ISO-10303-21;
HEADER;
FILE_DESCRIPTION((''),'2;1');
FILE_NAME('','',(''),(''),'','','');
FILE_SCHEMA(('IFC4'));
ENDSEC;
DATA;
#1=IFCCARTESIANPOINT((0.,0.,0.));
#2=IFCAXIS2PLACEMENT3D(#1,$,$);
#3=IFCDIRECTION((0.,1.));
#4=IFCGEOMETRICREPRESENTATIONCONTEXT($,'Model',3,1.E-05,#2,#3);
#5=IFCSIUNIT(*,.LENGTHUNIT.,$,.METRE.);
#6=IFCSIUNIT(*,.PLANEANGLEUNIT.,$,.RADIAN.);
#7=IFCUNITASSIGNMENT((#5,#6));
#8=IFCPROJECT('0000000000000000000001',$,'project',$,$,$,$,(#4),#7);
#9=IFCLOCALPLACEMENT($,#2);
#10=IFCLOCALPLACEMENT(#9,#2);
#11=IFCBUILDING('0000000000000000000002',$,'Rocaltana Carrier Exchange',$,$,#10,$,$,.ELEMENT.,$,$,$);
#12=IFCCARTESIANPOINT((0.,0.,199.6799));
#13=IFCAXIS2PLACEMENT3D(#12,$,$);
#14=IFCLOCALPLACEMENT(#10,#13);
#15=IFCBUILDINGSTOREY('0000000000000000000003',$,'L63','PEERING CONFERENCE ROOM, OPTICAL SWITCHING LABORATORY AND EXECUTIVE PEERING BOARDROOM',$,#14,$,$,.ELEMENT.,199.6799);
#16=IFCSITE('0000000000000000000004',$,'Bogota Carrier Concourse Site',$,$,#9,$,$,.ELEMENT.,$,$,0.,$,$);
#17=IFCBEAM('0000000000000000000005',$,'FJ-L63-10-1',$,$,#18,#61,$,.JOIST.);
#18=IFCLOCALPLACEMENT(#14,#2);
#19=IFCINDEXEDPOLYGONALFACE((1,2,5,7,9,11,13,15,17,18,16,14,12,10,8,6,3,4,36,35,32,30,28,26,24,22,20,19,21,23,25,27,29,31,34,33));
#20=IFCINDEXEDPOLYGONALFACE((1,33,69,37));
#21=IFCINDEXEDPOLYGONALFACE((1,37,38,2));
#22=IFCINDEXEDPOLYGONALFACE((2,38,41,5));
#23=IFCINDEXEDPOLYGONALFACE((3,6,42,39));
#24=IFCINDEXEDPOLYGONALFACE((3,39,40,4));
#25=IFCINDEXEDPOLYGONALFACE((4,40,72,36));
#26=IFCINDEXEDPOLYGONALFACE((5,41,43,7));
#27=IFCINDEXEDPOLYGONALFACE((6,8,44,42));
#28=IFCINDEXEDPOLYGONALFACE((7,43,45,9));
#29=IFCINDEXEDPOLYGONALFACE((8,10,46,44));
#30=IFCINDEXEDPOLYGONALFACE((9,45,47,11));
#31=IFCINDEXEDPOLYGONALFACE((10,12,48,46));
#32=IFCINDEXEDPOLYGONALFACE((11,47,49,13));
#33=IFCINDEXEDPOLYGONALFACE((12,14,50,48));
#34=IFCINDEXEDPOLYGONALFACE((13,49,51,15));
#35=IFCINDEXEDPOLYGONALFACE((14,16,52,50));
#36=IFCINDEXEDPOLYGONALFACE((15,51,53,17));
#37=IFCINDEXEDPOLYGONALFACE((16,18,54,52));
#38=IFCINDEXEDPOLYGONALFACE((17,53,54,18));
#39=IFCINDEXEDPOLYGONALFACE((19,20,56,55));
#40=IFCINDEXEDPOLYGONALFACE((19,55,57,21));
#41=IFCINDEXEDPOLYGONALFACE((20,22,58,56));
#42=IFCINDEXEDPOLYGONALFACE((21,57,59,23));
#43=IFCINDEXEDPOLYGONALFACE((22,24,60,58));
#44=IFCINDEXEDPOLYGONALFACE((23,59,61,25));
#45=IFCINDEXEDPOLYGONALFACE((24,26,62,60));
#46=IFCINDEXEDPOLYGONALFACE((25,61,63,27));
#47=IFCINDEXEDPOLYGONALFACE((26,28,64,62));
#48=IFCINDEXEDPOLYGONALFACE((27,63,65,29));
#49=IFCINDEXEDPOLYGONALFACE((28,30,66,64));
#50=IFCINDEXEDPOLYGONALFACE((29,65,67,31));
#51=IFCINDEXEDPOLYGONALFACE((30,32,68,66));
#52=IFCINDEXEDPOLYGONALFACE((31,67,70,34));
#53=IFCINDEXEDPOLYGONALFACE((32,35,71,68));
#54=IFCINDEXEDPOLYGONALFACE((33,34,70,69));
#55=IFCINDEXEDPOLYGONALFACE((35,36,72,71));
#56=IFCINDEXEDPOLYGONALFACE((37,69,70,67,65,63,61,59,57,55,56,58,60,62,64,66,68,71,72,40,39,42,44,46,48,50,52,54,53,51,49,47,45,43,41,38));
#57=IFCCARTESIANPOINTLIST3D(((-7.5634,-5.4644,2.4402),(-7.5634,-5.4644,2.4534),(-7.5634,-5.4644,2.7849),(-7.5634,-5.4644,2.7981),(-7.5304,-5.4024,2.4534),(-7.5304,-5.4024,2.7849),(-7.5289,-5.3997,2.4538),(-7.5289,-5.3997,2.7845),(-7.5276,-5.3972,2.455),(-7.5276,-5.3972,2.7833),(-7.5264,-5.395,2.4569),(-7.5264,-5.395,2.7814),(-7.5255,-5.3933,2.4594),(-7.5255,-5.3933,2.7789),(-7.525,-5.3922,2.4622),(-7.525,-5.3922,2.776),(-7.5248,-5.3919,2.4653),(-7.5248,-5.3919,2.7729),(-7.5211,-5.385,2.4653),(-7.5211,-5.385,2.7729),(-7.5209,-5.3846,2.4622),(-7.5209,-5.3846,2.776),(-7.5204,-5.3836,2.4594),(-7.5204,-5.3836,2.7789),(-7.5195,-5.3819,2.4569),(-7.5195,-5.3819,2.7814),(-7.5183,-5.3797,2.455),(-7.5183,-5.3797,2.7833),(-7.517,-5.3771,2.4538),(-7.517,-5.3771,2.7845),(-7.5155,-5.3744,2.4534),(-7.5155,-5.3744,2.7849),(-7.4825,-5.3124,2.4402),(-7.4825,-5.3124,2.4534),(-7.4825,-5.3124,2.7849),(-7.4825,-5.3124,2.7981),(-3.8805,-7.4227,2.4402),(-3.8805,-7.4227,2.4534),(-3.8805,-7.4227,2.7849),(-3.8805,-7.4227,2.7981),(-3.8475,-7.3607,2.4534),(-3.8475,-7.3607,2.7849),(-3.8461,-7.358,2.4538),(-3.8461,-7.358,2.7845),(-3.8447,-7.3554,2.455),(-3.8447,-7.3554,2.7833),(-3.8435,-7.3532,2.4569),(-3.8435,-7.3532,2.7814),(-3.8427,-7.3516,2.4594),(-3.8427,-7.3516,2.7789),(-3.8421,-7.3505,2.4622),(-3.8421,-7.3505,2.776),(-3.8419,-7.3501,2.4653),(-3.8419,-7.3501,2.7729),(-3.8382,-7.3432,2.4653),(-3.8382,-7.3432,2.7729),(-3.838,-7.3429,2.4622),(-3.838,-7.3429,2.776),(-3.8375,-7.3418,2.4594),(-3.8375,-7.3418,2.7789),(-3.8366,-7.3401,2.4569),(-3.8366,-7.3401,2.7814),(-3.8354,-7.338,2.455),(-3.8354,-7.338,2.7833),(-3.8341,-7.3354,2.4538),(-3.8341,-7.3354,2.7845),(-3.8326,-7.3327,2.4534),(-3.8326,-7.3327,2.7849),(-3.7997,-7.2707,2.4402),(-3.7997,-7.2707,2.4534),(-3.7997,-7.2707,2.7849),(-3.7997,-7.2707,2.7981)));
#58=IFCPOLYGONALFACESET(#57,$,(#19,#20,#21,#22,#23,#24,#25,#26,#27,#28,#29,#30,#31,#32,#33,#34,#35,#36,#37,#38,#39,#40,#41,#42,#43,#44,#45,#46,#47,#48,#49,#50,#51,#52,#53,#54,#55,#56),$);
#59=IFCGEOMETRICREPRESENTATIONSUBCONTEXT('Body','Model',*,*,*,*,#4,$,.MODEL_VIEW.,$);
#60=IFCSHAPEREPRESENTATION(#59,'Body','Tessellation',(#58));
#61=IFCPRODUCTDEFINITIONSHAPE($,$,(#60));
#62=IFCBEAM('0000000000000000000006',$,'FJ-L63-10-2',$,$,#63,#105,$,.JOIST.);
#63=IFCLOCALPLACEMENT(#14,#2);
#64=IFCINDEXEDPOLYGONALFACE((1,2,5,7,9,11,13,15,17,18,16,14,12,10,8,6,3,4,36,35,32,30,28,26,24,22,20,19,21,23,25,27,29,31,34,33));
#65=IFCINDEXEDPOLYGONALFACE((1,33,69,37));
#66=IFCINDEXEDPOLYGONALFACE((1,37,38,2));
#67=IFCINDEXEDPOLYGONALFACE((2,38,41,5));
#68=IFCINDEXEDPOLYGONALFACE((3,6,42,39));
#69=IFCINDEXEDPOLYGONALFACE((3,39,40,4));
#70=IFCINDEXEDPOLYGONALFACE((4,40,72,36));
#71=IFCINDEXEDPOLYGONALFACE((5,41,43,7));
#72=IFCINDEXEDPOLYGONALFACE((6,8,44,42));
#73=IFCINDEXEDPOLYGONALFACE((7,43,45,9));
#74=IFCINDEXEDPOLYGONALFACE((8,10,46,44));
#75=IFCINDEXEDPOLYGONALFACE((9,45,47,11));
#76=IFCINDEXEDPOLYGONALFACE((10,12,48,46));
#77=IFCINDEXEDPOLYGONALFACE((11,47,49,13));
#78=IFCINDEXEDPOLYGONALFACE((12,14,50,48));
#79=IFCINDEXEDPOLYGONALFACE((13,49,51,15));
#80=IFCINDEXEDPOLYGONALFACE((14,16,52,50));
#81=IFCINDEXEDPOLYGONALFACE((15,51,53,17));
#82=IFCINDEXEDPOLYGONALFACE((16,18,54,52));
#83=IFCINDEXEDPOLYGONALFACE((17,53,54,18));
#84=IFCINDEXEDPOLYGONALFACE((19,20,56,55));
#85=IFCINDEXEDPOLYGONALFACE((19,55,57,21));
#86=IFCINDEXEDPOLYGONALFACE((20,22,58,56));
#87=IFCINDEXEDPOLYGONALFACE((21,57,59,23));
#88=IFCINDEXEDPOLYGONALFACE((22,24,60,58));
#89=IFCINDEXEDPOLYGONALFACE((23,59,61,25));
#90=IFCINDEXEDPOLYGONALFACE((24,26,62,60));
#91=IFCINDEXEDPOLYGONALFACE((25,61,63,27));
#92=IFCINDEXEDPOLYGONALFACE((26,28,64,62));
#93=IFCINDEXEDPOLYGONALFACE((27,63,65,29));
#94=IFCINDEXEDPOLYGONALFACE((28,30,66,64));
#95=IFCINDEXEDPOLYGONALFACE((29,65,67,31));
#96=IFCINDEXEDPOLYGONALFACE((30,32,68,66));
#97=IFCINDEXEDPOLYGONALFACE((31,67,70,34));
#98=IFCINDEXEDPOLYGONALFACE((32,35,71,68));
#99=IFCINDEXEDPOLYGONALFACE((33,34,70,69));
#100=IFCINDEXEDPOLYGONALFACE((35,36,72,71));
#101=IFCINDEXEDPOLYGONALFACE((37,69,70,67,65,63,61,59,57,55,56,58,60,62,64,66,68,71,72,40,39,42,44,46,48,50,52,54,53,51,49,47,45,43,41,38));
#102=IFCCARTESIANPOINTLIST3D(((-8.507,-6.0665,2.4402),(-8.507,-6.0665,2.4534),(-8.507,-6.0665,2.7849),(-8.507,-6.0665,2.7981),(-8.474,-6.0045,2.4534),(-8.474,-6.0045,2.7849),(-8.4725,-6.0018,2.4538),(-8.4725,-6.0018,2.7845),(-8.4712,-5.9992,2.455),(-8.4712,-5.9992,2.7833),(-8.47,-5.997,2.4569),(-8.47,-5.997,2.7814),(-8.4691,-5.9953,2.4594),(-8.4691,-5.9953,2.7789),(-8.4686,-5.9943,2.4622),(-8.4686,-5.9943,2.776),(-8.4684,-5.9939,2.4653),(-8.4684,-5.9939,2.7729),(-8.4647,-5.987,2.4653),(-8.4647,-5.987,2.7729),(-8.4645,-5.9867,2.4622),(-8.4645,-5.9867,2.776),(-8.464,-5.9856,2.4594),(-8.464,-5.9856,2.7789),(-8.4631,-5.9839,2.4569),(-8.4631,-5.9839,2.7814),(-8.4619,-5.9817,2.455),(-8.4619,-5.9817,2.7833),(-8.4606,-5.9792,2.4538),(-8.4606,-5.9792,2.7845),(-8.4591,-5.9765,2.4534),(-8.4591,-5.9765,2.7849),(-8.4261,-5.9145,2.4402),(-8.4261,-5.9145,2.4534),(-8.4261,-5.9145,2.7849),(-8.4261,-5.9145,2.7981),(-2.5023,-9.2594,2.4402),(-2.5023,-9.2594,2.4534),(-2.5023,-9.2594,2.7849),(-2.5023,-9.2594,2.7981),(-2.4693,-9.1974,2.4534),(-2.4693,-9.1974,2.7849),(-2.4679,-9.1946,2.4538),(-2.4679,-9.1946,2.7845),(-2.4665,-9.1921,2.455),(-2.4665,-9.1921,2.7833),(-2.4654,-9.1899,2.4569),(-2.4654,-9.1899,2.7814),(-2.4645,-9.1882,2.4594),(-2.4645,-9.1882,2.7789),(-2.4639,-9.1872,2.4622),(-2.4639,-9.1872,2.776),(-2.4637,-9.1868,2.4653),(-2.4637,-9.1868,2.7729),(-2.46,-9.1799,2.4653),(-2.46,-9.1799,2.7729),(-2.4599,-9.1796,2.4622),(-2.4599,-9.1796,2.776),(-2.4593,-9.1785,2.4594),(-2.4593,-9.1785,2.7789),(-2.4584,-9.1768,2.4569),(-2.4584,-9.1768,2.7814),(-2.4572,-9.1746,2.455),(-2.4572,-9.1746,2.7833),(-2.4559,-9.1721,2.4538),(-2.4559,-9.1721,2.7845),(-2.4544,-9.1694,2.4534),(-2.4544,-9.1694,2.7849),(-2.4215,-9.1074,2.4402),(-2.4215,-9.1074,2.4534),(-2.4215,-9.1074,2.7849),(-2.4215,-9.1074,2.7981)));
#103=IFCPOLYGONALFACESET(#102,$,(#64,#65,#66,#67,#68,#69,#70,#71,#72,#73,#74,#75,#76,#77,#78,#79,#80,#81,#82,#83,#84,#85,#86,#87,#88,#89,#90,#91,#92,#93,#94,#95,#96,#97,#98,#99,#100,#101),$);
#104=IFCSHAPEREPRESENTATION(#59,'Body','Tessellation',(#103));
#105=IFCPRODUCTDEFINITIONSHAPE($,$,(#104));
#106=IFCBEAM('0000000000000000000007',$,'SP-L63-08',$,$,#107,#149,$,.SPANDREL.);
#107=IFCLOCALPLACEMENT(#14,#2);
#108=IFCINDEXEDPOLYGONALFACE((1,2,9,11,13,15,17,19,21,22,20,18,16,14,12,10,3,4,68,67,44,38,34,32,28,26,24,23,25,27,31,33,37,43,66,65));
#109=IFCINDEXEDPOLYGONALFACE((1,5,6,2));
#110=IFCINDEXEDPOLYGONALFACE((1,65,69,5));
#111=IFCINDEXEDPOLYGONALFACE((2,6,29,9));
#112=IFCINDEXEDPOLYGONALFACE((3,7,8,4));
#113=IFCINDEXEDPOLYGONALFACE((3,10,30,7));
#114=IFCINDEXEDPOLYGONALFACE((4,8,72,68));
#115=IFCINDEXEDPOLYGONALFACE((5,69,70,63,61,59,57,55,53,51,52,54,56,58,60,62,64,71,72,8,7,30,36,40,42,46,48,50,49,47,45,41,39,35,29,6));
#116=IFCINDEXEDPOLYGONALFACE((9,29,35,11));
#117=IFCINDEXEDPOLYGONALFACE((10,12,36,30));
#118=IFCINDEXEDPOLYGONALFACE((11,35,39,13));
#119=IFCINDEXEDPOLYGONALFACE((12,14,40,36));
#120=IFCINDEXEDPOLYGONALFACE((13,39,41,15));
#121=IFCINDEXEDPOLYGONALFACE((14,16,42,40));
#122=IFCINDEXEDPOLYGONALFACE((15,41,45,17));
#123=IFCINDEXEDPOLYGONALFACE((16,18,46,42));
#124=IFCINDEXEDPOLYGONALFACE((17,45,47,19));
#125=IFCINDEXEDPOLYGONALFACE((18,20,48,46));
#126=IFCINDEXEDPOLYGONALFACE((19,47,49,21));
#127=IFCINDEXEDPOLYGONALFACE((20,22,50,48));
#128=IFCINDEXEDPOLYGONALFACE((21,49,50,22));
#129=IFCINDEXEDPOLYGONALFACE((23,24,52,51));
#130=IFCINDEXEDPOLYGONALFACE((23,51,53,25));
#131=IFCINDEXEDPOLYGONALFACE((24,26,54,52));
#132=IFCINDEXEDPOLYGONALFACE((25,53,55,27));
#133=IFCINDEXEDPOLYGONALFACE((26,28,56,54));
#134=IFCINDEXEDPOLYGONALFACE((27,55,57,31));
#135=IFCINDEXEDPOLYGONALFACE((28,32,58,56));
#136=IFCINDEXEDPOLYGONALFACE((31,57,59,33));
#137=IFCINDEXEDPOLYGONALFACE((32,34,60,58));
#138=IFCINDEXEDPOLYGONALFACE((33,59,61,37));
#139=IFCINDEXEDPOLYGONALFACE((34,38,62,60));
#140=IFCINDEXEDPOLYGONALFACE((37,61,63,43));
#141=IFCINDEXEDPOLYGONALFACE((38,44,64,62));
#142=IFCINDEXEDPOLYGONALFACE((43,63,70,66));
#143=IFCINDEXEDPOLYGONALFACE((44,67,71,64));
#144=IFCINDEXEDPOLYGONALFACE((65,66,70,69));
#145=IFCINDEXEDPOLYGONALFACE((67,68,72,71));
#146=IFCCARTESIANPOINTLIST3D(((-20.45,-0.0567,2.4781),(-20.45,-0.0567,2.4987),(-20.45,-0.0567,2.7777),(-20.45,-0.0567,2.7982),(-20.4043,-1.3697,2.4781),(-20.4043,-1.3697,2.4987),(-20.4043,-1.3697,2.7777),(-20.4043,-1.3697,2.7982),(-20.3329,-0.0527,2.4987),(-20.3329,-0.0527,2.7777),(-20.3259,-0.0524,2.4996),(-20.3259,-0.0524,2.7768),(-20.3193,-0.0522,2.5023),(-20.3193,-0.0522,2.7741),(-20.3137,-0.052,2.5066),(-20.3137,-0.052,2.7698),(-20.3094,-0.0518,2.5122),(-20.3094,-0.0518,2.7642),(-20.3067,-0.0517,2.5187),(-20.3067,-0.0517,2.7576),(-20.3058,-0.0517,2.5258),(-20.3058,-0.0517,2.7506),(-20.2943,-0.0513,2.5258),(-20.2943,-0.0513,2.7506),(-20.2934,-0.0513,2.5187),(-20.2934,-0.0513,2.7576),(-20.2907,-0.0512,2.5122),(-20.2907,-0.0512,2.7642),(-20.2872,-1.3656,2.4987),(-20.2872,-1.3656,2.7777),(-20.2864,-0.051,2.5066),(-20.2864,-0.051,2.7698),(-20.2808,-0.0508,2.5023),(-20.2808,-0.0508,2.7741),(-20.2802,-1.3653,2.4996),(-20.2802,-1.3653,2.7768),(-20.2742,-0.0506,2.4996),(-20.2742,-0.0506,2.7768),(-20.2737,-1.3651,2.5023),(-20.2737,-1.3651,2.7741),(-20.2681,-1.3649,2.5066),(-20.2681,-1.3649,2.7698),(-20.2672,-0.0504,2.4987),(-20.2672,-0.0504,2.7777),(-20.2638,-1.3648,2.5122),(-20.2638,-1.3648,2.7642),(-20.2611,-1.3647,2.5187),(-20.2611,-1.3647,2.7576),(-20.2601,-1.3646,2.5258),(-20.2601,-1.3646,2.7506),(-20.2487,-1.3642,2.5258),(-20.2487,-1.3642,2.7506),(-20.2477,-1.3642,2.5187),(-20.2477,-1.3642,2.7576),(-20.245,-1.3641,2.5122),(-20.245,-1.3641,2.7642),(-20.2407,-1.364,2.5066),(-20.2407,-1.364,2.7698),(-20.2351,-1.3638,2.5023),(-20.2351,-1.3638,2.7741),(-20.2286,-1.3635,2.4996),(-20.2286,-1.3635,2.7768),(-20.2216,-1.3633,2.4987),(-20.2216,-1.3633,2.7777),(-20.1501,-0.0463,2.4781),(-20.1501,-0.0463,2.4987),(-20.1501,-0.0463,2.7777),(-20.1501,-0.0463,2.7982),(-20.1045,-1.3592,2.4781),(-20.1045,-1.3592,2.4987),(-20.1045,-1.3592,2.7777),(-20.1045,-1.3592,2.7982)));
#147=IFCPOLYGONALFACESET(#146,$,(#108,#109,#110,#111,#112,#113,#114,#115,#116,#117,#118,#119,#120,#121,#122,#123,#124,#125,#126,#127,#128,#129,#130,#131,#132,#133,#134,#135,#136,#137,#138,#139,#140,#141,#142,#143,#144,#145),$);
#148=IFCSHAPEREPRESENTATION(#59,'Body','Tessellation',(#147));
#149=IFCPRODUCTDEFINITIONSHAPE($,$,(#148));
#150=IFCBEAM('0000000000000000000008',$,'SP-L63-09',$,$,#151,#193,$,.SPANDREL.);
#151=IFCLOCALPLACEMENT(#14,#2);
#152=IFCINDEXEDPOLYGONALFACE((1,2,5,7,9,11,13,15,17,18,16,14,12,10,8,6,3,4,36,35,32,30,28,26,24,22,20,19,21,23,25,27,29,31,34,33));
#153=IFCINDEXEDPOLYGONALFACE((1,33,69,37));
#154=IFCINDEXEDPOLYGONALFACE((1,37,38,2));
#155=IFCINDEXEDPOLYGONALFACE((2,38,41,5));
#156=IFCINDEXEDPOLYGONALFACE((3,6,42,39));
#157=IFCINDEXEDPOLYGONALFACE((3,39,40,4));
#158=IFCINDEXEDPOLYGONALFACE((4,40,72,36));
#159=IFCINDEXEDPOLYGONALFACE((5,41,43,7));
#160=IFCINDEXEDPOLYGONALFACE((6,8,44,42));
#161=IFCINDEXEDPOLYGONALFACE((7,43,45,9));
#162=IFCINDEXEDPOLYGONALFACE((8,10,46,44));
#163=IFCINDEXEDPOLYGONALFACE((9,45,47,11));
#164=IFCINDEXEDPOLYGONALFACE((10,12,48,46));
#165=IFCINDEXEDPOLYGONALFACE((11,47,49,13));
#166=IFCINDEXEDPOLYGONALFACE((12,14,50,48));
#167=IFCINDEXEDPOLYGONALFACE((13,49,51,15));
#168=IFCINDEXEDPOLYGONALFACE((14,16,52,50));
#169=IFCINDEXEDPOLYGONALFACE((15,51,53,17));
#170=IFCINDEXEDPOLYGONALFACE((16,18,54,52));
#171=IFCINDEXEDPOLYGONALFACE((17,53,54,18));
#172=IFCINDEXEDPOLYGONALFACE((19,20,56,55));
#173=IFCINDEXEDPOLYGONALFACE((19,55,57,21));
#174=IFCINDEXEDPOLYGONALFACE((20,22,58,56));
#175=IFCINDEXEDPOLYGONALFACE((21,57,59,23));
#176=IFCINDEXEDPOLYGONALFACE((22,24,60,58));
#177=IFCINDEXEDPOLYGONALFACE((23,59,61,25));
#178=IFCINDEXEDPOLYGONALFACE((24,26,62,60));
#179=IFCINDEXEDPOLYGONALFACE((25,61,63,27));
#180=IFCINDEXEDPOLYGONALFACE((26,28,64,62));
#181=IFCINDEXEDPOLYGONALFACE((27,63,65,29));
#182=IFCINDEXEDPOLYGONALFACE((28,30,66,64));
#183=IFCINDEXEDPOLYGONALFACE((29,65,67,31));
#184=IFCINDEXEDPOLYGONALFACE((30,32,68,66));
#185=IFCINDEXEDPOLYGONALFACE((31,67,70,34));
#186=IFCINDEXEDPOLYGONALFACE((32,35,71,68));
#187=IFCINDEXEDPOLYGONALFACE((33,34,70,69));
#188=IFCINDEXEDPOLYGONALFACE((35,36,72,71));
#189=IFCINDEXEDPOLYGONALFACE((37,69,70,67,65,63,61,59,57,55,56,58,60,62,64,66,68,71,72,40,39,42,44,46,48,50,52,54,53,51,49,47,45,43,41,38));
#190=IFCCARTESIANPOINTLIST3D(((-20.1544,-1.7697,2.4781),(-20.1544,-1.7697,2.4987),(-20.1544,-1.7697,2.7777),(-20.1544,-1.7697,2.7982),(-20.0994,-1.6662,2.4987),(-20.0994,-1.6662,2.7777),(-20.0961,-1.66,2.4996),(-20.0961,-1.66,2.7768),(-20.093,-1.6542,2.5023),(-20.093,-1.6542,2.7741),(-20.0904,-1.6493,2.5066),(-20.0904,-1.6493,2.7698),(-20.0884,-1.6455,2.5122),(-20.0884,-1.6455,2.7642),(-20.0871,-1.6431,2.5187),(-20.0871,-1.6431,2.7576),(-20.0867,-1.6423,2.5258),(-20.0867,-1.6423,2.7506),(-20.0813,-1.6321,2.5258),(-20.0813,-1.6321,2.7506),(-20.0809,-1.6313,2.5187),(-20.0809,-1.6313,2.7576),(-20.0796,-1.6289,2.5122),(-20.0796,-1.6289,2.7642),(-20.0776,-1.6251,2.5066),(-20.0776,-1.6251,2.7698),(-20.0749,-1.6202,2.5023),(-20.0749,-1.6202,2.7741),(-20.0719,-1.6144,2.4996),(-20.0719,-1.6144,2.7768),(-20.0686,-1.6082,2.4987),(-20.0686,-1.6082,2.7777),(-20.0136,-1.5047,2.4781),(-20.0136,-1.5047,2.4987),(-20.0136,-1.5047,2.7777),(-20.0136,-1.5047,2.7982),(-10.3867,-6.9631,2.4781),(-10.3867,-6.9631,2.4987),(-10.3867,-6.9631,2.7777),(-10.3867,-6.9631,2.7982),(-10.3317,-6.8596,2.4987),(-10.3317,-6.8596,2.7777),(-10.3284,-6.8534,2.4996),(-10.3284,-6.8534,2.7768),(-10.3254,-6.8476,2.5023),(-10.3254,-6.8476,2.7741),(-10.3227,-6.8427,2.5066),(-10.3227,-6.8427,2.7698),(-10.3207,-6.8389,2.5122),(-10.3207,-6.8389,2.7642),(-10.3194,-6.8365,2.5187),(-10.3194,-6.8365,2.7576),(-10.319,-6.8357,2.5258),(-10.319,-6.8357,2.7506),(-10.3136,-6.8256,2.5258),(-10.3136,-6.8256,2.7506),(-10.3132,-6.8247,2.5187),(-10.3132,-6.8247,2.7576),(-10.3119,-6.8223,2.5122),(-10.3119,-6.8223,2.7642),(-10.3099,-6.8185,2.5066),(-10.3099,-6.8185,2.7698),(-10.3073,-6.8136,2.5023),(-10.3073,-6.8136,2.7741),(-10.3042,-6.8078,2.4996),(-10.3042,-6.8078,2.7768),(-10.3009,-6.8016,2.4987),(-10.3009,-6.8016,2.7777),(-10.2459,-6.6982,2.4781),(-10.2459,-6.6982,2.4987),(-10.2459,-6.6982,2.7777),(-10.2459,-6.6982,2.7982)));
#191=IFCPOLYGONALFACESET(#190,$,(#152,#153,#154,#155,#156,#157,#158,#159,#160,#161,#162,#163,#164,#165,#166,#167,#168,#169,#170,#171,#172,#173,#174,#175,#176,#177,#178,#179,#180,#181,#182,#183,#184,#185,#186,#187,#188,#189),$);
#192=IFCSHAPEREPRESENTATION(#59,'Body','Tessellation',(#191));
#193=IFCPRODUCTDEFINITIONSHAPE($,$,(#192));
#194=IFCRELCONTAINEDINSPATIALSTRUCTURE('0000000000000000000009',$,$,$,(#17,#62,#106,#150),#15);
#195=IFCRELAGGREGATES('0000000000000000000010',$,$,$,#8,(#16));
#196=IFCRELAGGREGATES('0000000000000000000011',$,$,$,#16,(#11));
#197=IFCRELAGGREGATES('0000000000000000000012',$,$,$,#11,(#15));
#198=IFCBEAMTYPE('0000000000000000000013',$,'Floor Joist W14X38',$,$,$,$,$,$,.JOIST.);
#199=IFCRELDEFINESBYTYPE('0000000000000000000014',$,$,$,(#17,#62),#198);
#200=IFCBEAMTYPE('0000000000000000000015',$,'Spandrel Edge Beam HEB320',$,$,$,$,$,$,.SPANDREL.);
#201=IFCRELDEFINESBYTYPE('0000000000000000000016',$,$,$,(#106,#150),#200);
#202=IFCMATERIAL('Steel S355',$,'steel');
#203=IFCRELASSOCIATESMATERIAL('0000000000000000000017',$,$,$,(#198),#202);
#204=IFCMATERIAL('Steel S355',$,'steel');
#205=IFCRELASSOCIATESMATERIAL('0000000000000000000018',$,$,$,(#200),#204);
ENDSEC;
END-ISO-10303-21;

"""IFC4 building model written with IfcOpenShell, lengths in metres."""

from ifc_helpers import new_model, si_unit, direction, frame, origin, origin_2d, place, context, subcontext, project, spatial, i_section, extrude, material, material_profile, profile_set, type_object, element, save


model = new_model("IFC4")

# Units and contexts
model_context = context("Model", 3, precision=1e-05, world=origin(), true_north=direction((0.0, 1.0)))
body_context = subcontext(model_context, "Body", "Model", "MODEL_VIEW")
ifc_project = project(units=[si_unit("LENGTHUNIT", "METRE"), si_unit("PLANEANGLEUNIT", "RADIAN")], contexts=[model_context])

# Site, building, storey
site_placement = place(None, origin())
site = spatial("IfcSite", under=ifc_project, at=site_placement, Name="Bogota Carrier Concourse Site", CompositionType="ELEMENT", RefElevation=0.0)
building_placement = place(site_placement, origin())
building = spatial("IfcBuilding", under=site, at=building_placement, Name="Rocaltana Carrier Exchange", CompositionType="ELEMENT")
storey_placement = place(building_placement, frame((0.0, 0.0, 199.6799)))
storey = spatial("IfcBuildingStorey", under=building, at=storey_placement, Name="L63", Description="PEERING CONFERENCE ROOM, OPTICAL SWITCHING LABORATORY AND EXECUTIVE PEERING BOARDROOM", CompositionType="ELEMENT", Elevation=199.6799)

# Beams
ifc_material_1 = material(Name="Steel S355", Category="steel")
ifc_material_profile_1 = material_profile(ifc_material_1, i_section(OverallWidth=0.1721, OverallDepth=0.3579, WebThickness=0.0078, FlangeThickness=0.0132, FilletRadius=0.012, at=origin_2d()), Name="W14X38")
ifc_profile_set_1 = profile_set([ifc_material_profile_1], Name="Steel S355")
beam_type_1 = type_object("IfcBeamType", Name="Floor Joist W14X38", PredefinedType="JOIST", material=ifc_profile_set_1)
beam_1_placement = place(storey_placement, frame((-7.5229, -5.3884, 2.6191), z_axis=(0.882944, -0.469479, 0.0), x_axis=(0.469479, 0.882944, 0.0)))
element("IfcBeam", 1, at=beam_1_placement, inside=storey, type_object=beam_type_1, Name="FJ-L63-10-1", PredefinedType="JOIST", context=body_context, shape_type="SweptSolid", body=[
    extrude(i_section(OverallWidth=0.1721, OverallDepth=0.3579, WebThickness=0.0078, FlangeThickness=0.0132, FilletRadius=0.012, at=origin_2d()), origin(), (0.0, 0.0, 1.0), 4.1711),
])
beam_2_placement = place(storey_placement, frame((-8.4666, -5.9905, 2.6191), z_axis=(0.882939, -0.469489, 0.0), x_axis=(0.469489, 0.882939, 0.0)))
element("IfcBeam", 2, at=beam_2_placement, inside=storey, type_object=beam_type_1, Name="FJ-L63-10-2", PredefinedType="JOIST", context=body_context, shape_type="SweptSolid", body=[
    extrude(i_section(OverallWidth=0.1721, OverallDepth=0.3579, WebThickness=0.0078, FlangeThickness=0.0132, FilletRadius=0.012, at=origin_2d()), origin(), (0.0, 0.0, 1.0), 6.8008),
])
ifc_material_2 = material(Name="Steel S355", Category="steel")
ifc_material_profile_2 = material_profile(ifc_material_2, i_section(OverallWidth=0.3, OverallDepth=0.3201, WebThickness=0.0115, FlangeThickness=0.0205, FilletRadius=0.0271, at=origin_2d()), Name="HEB320")
ifc_profile_set_2 = profile_set([ifc_material_profile_2], Name="Steel S355")
beam_type_2 = type_object("IfcBeamType", Name="Spandrel Edge Beam HEB320", PredefinedType="SPANDREL", material=ifc_profile_set_2)
beam_3_placement = place(storey_placement, frame((-20.3, -0.0515, 2.6382), z_axis=(0.03475, -0.999396, 0.0), x_axis=(0.999396, 0.03475, 0.0)))
element("IfcBeam", 3, at=beam_3_placement, inside=storey, type_object=beam_type_2, Name="SP-L63-08", PredefinedType="SPANDREL", context=body_context, shape_type="SweptSolid", body=[
    extrude(i_section(OverallWidth=0.3, OverallDepth=0.3201, WebThickness=0.0115, FlangeThickness=0.0205, FilletRadius=0.0271, at=origin_2d()), origin(), (0.0, 0.0, 1.0), 1.3137),
])
for number, where, z_axis, x_axis, name in (
    (4, (-20.084, -1.6372, 2.6382), (0.882953, -0.469461, 0.0), (0.469461, 0.882953, 0.0), "SP-L63-09"),
):
    element("IfcBeam", number, at=place(storey_placement, frame(where, z_axis=z_axis, x_axis=x_axis)), inside=storey, type_object=beam_type_2, Name=name, PredefinedType="SPANDREL", context=body_context, shape_type="SweptSolid", body=[
        extrude(i_section(OverallWidth=0.3, OverallDepth=0.3201, WebThickness=0.0115, FlangeThickness=0.0205, FilletRadius=0.0271, at=origin_2d()), origin(), (0.0, 0.0, 1.0), 11.0625),
    ])

save(model, "model.ifc")
